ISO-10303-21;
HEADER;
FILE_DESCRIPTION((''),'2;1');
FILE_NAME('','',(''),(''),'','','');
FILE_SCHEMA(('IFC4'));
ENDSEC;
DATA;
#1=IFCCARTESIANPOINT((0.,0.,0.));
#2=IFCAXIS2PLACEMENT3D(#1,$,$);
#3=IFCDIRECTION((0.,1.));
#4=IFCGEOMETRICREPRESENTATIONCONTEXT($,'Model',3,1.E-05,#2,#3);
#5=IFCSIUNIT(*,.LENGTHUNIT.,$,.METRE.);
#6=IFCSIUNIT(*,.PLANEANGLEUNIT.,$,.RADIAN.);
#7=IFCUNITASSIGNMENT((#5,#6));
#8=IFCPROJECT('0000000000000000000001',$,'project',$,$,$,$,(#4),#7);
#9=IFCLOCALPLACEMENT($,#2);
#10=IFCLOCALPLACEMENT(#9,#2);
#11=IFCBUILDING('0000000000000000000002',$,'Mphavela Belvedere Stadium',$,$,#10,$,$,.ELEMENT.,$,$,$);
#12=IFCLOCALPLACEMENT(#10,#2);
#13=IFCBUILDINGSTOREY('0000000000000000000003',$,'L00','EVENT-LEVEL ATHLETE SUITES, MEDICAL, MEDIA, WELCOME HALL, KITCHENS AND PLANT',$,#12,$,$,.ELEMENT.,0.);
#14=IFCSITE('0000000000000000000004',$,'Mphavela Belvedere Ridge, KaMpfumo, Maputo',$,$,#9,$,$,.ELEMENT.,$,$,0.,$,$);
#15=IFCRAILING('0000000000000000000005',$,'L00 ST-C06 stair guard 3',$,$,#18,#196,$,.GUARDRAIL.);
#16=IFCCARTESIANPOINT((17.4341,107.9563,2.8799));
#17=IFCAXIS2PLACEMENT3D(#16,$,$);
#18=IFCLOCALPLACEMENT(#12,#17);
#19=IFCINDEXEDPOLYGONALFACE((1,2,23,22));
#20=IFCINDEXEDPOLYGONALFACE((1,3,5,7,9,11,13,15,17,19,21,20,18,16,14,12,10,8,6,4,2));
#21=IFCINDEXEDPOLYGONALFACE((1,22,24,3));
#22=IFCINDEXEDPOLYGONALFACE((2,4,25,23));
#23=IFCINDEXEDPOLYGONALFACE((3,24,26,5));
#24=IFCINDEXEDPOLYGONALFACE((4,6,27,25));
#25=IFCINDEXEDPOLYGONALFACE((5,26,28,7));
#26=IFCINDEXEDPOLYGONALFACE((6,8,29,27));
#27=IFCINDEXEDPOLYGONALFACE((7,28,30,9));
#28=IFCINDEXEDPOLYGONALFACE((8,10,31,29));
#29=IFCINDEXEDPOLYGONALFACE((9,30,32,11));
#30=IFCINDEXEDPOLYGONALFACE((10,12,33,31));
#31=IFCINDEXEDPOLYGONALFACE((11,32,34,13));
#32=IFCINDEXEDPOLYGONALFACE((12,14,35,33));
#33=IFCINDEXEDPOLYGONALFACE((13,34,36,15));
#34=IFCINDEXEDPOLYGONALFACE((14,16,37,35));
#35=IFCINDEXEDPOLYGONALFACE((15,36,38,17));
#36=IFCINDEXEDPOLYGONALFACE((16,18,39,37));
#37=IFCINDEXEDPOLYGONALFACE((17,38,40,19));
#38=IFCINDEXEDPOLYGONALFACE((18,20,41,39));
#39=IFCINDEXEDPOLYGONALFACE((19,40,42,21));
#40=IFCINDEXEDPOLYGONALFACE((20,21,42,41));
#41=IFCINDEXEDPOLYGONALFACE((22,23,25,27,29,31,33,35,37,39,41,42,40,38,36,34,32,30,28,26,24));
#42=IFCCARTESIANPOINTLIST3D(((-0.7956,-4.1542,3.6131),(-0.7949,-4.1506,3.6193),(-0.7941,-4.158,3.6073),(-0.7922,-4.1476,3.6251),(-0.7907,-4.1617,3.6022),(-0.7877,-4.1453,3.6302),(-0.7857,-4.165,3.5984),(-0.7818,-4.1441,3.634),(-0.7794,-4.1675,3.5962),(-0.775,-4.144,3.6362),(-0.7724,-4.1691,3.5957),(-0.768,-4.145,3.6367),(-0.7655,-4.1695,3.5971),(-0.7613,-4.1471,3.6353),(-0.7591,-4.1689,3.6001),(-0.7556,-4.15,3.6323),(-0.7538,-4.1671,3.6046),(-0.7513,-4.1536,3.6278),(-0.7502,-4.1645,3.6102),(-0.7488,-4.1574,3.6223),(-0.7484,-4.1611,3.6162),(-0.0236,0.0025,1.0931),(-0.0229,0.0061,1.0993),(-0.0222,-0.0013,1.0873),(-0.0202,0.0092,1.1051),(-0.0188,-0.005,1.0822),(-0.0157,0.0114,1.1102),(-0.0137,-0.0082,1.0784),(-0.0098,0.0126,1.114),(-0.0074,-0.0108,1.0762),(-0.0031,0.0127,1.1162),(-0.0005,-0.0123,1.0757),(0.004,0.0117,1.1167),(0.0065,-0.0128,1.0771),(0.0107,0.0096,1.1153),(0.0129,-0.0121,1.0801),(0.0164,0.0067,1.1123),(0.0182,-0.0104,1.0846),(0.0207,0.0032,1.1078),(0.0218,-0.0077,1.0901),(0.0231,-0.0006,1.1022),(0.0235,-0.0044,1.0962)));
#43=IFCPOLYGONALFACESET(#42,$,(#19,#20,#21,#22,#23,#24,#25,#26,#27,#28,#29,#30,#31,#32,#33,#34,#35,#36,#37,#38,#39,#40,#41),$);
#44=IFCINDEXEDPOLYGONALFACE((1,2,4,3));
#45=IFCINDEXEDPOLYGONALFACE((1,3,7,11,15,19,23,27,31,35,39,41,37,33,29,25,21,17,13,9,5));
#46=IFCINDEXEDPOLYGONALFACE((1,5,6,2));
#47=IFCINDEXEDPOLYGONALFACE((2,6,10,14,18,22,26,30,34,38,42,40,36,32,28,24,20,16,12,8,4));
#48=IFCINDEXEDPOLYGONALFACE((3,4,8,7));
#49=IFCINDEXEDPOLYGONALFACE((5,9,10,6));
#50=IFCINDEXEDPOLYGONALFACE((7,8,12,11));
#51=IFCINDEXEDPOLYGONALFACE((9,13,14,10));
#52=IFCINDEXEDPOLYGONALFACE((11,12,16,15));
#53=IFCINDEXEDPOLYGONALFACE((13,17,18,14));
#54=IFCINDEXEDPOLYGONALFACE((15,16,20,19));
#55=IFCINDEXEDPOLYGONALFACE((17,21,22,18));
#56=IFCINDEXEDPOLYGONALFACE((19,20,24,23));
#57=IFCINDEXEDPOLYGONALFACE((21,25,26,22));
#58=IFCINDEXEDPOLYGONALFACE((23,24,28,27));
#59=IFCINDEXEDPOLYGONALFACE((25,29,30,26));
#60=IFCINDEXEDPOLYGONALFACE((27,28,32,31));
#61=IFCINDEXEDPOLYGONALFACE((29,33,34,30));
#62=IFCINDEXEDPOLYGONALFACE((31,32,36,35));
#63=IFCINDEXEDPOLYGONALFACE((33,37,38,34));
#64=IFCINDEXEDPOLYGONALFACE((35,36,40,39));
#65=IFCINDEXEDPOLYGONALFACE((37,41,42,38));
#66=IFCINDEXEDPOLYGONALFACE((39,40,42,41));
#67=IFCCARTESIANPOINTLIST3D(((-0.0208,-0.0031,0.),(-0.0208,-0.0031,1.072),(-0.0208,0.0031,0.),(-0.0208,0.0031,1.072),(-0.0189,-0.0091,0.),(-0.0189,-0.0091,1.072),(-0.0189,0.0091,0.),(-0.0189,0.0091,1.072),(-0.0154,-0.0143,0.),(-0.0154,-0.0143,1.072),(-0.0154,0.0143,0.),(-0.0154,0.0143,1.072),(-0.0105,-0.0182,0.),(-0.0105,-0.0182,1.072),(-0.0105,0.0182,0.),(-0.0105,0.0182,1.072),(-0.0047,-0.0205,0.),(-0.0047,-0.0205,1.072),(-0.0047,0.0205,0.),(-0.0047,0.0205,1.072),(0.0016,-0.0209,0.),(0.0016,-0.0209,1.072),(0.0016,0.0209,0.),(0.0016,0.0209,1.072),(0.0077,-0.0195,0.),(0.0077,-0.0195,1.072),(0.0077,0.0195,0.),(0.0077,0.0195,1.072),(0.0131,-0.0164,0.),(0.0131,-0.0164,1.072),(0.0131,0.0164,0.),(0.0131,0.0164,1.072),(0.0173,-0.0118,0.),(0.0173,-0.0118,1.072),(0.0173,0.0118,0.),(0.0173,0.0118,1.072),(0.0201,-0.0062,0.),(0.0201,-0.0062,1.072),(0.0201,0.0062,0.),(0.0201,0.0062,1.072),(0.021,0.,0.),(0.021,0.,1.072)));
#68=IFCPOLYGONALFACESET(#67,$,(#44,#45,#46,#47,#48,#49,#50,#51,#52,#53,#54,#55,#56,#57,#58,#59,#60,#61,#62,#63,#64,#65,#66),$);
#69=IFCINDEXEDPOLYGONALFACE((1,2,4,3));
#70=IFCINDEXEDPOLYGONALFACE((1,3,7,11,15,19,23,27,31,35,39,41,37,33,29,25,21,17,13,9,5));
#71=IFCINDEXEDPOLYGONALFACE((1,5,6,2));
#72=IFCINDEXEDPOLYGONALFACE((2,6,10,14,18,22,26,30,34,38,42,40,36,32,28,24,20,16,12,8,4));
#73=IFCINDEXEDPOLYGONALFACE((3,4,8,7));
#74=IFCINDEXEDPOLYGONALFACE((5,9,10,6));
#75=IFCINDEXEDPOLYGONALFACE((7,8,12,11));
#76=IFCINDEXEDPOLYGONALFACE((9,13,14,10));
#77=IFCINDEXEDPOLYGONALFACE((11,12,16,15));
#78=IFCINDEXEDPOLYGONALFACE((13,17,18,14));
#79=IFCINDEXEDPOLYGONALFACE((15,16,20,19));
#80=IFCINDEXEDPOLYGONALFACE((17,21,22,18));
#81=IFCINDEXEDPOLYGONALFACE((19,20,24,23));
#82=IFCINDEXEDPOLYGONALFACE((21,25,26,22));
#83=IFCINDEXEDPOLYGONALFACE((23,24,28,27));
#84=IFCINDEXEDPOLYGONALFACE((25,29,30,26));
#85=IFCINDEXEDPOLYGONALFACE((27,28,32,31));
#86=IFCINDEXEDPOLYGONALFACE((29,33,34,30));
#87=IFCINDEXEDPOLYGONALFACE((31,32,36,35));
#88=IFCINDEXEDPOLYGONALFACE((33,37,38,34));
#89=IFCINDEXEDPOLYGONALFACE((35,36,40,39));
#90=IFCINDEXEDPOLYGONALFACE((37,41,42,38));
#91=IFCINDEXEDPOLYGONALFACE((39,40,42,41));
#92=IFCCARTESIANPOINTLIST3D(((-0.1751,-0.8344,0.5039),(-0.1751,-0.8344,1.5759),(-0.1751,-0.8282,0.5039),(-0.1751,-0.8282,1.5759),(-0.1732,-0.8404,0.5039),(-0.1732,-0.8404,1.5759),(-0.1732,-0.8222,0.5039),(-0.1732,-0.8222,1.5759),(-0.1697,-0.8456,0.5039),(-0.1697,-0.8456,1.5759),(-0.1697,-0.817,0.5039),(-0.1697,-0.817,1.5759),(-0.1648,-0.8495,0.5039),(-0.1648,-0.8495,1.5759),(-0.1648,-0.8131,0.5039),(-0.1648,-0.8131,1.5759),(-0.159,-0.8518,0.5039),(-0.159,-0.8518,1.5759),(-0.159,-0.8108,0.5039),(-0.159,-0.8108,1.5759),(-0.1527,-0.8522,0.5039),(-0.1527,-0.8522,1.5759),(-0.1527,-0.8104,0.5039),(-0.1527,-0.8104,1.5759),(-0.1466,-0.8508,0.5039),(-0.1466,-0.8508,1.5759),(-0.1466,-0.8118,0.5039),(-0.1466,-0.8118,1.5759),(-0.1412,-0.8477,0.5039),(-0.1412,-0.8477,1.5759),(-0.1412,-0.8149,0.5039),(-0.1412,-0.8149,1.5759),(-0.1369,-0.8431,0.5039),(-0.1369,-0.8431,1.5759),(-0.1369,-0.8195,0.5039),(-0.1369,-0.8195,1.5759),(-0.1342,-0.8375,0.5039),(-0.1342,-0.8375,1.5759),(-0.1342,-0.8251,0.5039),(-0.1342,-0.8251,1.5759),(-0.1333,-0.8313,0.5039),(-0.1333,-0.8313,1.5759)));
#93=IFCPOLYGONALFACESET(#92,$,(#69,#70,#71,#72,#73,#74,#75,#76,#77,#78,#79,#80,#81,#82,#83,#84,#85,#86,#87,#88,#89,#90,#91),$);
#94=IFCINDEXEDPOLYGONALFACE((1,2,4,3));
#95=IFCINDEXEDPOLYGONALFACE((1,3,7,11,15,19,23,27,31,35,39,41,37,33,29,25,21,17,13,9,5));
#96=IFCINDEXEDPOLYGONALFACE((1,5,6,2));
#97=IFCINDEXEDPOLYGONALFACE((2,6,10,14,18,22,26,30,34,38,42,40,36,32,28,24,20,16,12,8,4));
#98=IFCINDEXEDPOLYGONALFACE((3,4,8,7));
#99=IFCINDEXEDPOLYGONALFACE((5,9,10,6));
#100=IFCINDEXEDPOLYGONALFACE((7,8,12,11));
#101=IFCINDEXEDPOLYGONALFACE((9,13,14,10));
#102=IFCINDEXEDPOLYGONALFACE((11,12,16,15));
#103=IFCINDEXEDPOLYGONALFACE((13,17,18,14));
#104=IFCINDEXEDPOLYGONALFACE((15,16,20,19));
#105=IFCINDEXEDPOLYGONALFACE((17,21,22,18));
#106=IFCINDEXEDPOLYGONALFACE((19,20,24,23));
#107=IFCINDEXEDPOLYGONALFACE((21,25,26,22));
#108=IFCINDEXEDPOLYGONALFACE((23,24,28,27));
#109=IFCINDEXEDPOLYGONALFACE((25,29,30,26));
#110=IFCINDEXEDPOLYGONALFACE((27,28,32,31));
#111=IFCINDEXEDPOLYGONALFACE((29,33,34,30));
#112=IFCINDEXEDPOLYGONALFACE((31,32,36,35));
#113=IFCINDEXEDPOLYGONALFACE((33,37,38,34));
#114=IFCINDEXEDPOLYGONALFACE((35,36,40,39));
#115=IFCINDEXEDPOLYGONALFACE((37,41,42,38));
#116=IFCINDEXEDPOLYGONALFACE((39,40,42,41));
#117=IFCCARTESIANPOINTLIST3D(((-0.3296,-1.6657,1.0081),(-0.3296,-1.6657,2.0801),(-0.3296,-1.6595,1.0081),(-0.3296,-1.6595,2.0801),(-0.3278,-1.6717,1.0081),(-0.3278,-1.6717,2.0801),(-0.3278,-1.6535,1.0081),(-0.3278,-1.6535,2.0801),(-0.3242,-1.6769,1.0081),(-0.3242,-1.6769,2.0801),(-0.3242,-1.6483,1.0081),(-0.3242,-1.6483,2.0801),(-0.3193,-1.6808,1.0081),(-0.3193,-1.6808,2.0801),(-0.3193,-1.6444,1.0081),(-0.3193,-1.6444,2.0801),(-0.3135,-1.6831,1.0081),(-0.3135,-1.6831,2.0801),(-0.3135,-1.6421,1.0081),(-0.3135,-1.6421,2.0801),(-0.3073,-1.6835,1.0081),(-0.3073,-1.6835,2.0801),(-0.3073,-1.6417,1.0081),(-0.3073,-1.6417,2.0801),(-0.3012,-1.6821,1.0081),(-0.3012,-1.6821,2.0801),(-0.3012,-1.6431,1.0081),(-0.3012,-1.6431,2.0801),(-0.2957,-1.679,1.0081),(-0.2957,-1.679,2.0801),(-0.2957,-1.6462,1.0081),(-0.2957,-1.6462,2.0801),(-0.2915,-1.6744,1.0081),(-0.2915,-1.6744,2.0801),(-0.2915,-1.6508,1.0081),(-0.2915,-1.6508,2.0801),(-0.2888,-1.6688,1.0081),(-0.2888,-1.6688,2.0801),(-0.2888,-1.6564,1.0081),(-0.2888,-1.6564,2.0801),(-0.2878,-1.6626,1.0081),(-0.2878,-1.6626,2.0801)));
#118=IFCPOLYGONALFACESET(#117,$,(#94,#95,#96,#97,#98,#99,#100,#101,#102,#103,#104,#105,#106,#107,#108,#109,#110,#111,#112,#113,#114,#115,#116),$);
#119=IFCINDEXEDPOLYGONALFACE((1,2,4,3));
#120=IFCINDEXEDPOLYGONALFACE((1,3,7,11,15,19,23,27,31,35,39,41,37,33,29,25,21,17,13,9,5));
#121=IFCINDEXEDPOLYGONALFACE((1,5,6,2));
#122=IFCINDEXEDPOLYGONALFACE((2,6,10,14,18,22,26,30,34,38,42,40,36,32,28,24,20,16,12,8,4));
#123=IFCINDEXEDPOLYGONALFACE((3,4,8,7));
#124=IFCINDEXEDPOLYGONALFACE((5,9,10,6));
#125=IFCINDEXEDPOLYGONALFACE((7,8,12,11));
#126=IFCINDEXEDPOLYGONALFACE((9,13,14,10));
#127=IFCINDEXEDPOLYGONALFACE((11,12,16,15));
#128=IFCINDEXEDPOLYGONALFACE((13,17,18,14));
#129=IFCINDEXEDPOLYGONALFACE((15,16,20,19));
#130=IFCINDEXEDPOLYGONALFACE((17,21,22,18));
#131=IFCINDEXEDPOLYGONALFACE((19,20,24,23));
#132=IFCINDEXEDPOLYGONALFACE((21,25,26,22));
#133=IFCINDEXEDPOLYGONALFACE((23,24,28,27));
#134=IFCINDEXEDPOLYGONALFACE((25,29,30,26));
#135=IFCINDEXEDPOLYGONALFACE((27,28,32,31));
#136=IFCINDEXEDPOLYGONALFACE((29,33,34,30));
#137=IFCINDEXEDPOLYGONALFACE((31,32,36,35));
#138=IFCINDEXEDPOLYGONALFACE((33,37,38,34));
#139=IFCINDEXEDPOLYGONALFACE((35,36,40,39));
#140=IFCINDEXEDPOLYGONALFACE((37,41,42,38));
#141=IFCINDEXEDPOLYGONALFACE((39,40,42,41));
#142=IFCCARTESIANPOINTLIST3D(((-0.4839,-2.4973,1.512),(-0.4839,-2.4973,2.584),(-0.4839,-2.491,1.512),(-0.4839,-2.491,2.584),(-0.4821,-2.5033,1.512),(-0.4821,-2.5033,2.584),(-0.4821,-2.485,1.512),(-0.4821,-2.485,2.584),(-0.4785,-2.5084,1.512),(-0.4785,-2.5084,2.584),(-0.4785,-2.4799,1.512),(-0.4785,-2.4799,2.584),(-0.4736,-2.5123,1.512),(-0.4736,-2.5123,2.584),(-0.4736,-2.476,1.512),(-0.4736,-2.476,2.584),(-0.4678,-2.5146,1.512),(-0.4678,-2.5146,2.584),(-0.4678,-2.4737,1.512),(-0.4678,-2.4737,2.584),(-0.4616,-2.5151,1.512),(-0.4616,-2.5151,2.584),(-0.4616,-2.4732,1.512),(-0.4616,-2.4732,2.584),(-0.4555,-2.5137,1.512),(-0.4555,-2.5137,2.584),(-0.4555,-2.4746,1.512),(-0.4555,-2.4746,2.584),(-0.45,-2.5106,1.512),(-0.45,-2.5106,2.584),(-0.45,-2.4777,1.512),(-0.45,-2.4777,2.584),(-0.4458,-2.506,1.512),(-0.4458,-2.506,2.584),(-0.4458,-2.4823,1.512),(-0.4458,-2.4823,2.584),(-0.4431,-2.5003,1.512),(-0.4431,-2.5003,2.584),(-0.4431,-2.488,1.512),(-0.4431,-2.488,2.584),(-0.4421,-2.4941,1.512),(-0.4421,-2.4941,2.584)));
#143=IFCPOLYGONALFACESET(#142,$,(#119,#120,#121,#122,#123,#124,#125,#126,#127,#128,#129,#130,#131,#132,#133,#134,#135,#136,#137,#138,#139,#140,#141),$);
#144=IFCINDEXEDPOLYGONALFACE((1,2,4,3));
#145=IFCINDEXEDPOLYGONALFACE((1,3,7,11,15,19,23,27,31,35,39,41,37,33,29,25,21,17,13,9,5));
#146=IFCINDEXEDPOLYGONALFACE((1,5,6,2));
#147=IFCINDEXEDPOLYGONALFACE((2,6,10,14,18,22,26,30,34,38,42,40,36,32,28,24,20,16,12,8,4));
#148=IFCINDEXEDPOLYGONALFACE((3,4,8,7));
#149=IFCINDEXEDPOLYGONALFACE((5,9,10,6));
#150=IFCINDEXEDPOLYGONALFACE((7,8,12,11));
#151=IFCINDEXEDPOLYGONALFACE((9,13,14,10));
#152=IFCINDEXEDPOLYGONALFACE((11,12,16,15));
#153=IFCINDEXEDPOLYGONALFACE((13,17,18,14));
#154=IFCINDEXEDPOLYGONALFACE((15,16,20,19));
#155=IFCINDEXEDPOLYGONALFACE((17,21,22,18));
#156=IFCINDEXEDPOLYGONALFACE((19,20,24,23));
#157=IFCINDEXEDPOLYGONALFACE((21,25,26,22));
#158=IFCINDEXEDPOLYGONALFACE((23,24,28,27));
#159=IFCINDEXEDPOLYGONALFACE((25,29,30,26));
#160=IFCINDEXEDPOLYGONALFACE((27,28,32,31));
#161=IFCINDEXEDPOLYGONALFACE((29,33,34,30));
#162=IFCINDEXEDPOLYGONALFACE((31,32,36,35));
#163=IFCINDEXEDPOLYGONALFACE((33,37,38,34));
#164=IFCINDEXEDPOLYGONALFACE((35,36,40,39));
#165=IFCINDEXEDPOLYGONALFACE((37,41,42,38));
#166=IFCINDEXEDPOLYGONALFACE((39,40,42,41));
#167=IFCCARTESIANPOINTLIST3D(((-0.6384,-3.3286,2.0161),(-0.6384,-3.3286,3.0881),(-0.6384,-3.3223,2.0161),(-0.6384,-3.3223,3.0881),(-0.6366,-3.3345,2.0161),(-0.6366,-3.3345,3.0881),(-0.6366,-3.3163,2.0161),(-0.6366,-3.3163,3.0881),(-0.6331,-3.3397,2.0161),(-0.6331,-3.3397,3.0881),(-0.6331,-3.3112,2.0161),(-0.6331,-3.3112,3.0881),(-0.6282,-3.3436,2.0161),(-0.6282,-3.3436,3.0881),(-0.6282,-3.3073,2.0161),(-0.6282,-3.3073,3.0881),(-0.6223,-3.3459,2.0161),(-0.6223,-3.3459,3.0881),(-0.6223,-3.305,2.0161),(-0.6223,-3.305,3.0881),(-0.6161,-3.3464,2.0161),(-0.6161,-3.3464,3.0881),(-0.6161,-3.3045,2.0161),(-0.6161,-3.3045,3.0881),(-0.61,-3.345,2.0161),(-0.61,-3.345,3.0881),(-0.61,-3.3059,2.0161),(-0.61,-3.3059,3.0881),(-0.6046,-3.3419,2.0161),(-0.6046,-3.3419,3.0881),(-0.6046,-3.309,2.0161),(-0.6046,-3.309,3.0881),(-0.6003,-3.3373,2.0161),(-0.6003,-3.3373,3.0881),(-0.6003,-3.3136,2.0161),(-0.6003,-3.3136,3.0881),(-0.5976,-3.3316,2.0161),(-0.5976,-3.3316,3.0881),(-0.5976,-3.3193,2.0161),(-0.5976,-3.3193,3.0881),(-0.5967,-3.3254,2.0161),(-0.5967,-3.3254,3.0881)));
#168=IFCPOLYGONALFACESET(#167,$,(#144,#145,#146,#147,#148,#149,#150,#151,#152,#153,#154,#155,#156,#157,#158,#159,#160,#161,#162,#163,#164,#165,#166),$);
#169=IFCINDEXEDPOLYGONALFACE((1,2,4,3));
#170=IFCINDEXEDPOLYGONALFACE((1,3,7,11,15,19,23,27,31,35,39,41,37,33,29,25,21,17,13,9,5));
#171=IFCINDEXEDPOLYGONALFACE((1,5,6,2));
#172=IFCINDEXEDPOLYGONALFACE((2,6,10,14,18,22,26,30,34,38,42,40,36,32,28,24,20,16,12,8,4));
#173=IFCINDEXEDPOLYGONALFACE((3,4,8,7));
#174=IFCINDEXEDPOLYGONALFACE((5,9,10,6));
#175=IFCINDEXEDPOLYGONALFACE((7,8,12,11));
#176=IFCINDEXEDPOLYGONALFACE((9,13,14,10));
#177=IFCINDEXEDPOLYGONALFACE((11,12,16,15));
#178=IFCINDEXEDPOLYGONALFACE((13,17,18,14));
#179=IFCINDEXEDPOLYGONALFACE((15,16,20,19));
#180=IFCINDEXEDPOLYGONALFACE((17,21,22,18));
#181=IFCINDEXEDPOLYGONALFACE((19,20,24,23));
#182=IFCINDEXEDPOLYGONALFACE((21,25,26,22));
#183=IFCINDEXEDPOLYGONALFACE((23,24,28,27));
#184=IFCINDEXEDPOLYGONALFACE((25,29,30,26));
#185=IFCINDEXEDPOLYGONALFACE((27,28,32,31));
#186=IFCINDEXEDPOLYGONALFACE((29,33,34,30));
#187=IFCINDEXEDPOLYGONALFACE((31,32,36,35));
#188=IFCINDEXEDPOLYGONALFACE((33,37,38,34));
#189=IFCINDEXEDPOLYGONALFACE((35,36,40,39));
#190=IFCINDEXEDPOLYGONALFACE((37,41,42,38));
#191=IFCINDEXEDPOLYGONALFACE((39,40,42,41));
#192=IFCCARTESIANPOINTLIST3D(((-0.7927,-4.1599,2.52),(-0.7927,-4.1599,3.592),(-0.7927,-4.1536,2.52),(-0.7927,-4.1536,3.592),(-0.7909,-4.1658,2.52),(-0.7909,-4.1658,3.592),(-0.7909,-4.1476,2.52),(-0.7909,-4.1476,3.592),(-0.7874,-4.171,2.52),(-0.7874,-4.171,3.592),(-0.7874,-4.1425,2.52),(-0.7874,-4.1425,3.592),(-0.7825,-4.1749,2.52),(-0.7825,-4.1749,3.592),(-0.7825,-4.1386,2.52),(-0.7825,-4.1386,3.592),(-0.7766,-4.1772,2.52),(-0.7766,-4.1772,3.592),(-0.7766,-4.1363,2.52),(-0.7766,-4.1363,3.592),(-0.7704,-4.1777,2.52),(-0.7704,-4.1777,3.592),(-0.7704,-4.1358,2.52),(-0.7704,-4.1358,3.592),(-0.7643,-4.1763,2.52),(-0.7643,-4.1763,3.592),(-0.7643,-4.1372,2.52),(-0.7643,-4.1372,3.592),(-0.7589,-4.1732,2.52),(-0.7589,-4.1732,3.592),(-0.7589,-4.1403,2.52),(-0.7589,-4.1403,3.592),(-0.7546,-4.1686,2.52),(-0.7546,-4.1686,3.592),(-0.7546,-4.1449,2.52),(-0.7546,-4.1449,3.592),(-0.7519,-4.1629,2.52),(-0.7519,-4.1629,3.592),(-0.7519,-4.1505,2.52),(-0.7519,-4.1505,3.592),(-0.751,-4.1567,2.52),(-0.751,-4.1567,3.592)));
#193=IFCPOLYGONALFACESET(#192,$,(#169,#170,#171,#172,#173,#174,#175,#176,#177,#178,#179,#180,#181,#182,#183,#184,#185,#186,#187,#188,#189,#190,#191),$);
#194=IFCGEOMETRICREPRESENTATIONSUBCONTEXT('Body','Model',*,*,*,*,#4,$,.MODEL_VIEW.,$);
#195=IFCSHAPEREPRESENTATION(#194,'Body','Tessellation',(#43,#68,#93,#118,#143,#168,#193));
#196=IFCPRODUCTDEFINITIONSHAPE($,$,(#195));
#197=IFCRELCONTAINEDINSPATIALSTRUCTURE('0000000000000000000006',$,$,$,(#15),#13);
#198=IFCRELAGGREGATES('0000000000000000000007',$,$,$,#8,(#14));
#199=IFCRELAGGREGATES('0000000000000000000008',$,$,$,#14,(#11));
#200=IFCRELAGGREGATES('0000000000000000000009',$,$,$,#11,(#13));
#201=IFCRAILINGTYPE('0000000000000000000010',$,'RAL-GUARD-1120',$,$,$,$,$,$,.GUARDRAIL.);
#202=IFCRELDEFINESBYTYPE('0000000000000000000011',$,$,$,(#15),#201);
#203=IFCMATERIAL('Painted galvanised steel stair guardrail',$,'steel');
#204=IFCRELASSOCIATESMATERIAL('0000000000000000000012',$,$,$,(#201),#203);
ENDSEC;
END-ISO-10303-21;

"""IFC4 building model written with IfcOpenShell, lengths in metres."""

from ifc_helpers import new_model, si_unit, direction, frame, origin, origin_2d, place, context, subcontext, project, spatial, circle, extrude, material, type_object, element, save


model = new_model("IFC4")

# Units and contexts
model_context = context("Model", 3, precision=1e-05, world=origin(), true_north=direction((0.0, 1.0)))
body_context = subcontext(model_context, "Body", "Model", "MODEL_VIEW")
ifc_project = project(units=[si_unit("LENGTHUNIT", "METRE"), si_unit("PLANEANGLEUNIT", "RADIAN")], contexts=[model_context])

# Site, building, storey
site_placement = place(None, origin())
site = spatial("IfcSite", under=ifc_project, at=site_placement, Name="Mphavela Belvedere Ridge, KaMpfumo, Maputo", CompositionType="ELEMENT", RefElevation=0.0)
building_placement = place(site_placement, origin())
building = spatial("IfcBuilding", under=site, at=building_placement, Name="Mphavela Belvedere Stadium", CompositionType="ELEMENT")
storey_placement = place(building_placement, origin())
storey = spatial("IfcBuildingStorey", under=building, at=storey_placement, Name="L00", Description="EVENT-LEVEL ATHLETE SUITES, MEDICAL, MEDIA, WELCOME HALL, KITCHENS AND PLANT", CompositionType="ELEMENT", Elevation=0.0)

# Railing
ifc_material_1 = material(Name="Painted galvanised steel stair guardrail", Category="steel")
railing_type_1 = type_object("IfcRailingType", Name="RAL-GUARD-1120", PredefinedType="GUARDRAIL", material=ifc_material_1)
railing_1_placement = place(storey_placement, frame((17.4341, 107.9563, 2.8799)))
element("IfcRailing", 1, at=railing_1_placement, inside=storey, type_object=railing_type_1, Name="L00 ST-C06 stair guard 3", PredefinedType="GUARDRAIL", context=body_context, shape_type="SweptSolid", body=[
    extrude(circle(Radius=0.0239, at=origin_2d()), frame((0.0, 0.0, 1.0962), z_axis=(-0.156845, -0.844543, 0.512003), x_axis=(0.983188, -0.182594, 0.0)), (0.0, 0.0, 1.0), 4.9219),
    extrude(circle(Radius=0.021, at=origin_2d()), origin(), (0.0, 0.0, 1.0), 1.072),
    extrude(circle(Radius=0.021, at=origin_2d()), frame((-0.1543, -0.8313, 0.5039)), (0.0, 0.0, 1.0), 1.072),
    extrude(circle(Radius=0.021, at=origin_2d()), frame((-0.3088, -1.6626, 1.0081)), (0.0, 0.0, 1.0), 1.072),
    extrude(circle(Radius=0.021, at=origin_2d()), frame((-0.4631, -2.4941, 1.512)), (0.0, 0.0, 1.0), 1.072),
    extrude(circle(Radius=0.021, at=origin_2d()), frame((-0.6177, -3.3254, 2.0161)), (0.0, 0.0, 1.0), 1.072),
    extrude(circle(Radius=0.021, at=origin_2d()), frame((-0.772, -4.1567, 2.52)), (0.0, 0.0, 1.0), 1.072),
])

save(model, "model.ifc")
